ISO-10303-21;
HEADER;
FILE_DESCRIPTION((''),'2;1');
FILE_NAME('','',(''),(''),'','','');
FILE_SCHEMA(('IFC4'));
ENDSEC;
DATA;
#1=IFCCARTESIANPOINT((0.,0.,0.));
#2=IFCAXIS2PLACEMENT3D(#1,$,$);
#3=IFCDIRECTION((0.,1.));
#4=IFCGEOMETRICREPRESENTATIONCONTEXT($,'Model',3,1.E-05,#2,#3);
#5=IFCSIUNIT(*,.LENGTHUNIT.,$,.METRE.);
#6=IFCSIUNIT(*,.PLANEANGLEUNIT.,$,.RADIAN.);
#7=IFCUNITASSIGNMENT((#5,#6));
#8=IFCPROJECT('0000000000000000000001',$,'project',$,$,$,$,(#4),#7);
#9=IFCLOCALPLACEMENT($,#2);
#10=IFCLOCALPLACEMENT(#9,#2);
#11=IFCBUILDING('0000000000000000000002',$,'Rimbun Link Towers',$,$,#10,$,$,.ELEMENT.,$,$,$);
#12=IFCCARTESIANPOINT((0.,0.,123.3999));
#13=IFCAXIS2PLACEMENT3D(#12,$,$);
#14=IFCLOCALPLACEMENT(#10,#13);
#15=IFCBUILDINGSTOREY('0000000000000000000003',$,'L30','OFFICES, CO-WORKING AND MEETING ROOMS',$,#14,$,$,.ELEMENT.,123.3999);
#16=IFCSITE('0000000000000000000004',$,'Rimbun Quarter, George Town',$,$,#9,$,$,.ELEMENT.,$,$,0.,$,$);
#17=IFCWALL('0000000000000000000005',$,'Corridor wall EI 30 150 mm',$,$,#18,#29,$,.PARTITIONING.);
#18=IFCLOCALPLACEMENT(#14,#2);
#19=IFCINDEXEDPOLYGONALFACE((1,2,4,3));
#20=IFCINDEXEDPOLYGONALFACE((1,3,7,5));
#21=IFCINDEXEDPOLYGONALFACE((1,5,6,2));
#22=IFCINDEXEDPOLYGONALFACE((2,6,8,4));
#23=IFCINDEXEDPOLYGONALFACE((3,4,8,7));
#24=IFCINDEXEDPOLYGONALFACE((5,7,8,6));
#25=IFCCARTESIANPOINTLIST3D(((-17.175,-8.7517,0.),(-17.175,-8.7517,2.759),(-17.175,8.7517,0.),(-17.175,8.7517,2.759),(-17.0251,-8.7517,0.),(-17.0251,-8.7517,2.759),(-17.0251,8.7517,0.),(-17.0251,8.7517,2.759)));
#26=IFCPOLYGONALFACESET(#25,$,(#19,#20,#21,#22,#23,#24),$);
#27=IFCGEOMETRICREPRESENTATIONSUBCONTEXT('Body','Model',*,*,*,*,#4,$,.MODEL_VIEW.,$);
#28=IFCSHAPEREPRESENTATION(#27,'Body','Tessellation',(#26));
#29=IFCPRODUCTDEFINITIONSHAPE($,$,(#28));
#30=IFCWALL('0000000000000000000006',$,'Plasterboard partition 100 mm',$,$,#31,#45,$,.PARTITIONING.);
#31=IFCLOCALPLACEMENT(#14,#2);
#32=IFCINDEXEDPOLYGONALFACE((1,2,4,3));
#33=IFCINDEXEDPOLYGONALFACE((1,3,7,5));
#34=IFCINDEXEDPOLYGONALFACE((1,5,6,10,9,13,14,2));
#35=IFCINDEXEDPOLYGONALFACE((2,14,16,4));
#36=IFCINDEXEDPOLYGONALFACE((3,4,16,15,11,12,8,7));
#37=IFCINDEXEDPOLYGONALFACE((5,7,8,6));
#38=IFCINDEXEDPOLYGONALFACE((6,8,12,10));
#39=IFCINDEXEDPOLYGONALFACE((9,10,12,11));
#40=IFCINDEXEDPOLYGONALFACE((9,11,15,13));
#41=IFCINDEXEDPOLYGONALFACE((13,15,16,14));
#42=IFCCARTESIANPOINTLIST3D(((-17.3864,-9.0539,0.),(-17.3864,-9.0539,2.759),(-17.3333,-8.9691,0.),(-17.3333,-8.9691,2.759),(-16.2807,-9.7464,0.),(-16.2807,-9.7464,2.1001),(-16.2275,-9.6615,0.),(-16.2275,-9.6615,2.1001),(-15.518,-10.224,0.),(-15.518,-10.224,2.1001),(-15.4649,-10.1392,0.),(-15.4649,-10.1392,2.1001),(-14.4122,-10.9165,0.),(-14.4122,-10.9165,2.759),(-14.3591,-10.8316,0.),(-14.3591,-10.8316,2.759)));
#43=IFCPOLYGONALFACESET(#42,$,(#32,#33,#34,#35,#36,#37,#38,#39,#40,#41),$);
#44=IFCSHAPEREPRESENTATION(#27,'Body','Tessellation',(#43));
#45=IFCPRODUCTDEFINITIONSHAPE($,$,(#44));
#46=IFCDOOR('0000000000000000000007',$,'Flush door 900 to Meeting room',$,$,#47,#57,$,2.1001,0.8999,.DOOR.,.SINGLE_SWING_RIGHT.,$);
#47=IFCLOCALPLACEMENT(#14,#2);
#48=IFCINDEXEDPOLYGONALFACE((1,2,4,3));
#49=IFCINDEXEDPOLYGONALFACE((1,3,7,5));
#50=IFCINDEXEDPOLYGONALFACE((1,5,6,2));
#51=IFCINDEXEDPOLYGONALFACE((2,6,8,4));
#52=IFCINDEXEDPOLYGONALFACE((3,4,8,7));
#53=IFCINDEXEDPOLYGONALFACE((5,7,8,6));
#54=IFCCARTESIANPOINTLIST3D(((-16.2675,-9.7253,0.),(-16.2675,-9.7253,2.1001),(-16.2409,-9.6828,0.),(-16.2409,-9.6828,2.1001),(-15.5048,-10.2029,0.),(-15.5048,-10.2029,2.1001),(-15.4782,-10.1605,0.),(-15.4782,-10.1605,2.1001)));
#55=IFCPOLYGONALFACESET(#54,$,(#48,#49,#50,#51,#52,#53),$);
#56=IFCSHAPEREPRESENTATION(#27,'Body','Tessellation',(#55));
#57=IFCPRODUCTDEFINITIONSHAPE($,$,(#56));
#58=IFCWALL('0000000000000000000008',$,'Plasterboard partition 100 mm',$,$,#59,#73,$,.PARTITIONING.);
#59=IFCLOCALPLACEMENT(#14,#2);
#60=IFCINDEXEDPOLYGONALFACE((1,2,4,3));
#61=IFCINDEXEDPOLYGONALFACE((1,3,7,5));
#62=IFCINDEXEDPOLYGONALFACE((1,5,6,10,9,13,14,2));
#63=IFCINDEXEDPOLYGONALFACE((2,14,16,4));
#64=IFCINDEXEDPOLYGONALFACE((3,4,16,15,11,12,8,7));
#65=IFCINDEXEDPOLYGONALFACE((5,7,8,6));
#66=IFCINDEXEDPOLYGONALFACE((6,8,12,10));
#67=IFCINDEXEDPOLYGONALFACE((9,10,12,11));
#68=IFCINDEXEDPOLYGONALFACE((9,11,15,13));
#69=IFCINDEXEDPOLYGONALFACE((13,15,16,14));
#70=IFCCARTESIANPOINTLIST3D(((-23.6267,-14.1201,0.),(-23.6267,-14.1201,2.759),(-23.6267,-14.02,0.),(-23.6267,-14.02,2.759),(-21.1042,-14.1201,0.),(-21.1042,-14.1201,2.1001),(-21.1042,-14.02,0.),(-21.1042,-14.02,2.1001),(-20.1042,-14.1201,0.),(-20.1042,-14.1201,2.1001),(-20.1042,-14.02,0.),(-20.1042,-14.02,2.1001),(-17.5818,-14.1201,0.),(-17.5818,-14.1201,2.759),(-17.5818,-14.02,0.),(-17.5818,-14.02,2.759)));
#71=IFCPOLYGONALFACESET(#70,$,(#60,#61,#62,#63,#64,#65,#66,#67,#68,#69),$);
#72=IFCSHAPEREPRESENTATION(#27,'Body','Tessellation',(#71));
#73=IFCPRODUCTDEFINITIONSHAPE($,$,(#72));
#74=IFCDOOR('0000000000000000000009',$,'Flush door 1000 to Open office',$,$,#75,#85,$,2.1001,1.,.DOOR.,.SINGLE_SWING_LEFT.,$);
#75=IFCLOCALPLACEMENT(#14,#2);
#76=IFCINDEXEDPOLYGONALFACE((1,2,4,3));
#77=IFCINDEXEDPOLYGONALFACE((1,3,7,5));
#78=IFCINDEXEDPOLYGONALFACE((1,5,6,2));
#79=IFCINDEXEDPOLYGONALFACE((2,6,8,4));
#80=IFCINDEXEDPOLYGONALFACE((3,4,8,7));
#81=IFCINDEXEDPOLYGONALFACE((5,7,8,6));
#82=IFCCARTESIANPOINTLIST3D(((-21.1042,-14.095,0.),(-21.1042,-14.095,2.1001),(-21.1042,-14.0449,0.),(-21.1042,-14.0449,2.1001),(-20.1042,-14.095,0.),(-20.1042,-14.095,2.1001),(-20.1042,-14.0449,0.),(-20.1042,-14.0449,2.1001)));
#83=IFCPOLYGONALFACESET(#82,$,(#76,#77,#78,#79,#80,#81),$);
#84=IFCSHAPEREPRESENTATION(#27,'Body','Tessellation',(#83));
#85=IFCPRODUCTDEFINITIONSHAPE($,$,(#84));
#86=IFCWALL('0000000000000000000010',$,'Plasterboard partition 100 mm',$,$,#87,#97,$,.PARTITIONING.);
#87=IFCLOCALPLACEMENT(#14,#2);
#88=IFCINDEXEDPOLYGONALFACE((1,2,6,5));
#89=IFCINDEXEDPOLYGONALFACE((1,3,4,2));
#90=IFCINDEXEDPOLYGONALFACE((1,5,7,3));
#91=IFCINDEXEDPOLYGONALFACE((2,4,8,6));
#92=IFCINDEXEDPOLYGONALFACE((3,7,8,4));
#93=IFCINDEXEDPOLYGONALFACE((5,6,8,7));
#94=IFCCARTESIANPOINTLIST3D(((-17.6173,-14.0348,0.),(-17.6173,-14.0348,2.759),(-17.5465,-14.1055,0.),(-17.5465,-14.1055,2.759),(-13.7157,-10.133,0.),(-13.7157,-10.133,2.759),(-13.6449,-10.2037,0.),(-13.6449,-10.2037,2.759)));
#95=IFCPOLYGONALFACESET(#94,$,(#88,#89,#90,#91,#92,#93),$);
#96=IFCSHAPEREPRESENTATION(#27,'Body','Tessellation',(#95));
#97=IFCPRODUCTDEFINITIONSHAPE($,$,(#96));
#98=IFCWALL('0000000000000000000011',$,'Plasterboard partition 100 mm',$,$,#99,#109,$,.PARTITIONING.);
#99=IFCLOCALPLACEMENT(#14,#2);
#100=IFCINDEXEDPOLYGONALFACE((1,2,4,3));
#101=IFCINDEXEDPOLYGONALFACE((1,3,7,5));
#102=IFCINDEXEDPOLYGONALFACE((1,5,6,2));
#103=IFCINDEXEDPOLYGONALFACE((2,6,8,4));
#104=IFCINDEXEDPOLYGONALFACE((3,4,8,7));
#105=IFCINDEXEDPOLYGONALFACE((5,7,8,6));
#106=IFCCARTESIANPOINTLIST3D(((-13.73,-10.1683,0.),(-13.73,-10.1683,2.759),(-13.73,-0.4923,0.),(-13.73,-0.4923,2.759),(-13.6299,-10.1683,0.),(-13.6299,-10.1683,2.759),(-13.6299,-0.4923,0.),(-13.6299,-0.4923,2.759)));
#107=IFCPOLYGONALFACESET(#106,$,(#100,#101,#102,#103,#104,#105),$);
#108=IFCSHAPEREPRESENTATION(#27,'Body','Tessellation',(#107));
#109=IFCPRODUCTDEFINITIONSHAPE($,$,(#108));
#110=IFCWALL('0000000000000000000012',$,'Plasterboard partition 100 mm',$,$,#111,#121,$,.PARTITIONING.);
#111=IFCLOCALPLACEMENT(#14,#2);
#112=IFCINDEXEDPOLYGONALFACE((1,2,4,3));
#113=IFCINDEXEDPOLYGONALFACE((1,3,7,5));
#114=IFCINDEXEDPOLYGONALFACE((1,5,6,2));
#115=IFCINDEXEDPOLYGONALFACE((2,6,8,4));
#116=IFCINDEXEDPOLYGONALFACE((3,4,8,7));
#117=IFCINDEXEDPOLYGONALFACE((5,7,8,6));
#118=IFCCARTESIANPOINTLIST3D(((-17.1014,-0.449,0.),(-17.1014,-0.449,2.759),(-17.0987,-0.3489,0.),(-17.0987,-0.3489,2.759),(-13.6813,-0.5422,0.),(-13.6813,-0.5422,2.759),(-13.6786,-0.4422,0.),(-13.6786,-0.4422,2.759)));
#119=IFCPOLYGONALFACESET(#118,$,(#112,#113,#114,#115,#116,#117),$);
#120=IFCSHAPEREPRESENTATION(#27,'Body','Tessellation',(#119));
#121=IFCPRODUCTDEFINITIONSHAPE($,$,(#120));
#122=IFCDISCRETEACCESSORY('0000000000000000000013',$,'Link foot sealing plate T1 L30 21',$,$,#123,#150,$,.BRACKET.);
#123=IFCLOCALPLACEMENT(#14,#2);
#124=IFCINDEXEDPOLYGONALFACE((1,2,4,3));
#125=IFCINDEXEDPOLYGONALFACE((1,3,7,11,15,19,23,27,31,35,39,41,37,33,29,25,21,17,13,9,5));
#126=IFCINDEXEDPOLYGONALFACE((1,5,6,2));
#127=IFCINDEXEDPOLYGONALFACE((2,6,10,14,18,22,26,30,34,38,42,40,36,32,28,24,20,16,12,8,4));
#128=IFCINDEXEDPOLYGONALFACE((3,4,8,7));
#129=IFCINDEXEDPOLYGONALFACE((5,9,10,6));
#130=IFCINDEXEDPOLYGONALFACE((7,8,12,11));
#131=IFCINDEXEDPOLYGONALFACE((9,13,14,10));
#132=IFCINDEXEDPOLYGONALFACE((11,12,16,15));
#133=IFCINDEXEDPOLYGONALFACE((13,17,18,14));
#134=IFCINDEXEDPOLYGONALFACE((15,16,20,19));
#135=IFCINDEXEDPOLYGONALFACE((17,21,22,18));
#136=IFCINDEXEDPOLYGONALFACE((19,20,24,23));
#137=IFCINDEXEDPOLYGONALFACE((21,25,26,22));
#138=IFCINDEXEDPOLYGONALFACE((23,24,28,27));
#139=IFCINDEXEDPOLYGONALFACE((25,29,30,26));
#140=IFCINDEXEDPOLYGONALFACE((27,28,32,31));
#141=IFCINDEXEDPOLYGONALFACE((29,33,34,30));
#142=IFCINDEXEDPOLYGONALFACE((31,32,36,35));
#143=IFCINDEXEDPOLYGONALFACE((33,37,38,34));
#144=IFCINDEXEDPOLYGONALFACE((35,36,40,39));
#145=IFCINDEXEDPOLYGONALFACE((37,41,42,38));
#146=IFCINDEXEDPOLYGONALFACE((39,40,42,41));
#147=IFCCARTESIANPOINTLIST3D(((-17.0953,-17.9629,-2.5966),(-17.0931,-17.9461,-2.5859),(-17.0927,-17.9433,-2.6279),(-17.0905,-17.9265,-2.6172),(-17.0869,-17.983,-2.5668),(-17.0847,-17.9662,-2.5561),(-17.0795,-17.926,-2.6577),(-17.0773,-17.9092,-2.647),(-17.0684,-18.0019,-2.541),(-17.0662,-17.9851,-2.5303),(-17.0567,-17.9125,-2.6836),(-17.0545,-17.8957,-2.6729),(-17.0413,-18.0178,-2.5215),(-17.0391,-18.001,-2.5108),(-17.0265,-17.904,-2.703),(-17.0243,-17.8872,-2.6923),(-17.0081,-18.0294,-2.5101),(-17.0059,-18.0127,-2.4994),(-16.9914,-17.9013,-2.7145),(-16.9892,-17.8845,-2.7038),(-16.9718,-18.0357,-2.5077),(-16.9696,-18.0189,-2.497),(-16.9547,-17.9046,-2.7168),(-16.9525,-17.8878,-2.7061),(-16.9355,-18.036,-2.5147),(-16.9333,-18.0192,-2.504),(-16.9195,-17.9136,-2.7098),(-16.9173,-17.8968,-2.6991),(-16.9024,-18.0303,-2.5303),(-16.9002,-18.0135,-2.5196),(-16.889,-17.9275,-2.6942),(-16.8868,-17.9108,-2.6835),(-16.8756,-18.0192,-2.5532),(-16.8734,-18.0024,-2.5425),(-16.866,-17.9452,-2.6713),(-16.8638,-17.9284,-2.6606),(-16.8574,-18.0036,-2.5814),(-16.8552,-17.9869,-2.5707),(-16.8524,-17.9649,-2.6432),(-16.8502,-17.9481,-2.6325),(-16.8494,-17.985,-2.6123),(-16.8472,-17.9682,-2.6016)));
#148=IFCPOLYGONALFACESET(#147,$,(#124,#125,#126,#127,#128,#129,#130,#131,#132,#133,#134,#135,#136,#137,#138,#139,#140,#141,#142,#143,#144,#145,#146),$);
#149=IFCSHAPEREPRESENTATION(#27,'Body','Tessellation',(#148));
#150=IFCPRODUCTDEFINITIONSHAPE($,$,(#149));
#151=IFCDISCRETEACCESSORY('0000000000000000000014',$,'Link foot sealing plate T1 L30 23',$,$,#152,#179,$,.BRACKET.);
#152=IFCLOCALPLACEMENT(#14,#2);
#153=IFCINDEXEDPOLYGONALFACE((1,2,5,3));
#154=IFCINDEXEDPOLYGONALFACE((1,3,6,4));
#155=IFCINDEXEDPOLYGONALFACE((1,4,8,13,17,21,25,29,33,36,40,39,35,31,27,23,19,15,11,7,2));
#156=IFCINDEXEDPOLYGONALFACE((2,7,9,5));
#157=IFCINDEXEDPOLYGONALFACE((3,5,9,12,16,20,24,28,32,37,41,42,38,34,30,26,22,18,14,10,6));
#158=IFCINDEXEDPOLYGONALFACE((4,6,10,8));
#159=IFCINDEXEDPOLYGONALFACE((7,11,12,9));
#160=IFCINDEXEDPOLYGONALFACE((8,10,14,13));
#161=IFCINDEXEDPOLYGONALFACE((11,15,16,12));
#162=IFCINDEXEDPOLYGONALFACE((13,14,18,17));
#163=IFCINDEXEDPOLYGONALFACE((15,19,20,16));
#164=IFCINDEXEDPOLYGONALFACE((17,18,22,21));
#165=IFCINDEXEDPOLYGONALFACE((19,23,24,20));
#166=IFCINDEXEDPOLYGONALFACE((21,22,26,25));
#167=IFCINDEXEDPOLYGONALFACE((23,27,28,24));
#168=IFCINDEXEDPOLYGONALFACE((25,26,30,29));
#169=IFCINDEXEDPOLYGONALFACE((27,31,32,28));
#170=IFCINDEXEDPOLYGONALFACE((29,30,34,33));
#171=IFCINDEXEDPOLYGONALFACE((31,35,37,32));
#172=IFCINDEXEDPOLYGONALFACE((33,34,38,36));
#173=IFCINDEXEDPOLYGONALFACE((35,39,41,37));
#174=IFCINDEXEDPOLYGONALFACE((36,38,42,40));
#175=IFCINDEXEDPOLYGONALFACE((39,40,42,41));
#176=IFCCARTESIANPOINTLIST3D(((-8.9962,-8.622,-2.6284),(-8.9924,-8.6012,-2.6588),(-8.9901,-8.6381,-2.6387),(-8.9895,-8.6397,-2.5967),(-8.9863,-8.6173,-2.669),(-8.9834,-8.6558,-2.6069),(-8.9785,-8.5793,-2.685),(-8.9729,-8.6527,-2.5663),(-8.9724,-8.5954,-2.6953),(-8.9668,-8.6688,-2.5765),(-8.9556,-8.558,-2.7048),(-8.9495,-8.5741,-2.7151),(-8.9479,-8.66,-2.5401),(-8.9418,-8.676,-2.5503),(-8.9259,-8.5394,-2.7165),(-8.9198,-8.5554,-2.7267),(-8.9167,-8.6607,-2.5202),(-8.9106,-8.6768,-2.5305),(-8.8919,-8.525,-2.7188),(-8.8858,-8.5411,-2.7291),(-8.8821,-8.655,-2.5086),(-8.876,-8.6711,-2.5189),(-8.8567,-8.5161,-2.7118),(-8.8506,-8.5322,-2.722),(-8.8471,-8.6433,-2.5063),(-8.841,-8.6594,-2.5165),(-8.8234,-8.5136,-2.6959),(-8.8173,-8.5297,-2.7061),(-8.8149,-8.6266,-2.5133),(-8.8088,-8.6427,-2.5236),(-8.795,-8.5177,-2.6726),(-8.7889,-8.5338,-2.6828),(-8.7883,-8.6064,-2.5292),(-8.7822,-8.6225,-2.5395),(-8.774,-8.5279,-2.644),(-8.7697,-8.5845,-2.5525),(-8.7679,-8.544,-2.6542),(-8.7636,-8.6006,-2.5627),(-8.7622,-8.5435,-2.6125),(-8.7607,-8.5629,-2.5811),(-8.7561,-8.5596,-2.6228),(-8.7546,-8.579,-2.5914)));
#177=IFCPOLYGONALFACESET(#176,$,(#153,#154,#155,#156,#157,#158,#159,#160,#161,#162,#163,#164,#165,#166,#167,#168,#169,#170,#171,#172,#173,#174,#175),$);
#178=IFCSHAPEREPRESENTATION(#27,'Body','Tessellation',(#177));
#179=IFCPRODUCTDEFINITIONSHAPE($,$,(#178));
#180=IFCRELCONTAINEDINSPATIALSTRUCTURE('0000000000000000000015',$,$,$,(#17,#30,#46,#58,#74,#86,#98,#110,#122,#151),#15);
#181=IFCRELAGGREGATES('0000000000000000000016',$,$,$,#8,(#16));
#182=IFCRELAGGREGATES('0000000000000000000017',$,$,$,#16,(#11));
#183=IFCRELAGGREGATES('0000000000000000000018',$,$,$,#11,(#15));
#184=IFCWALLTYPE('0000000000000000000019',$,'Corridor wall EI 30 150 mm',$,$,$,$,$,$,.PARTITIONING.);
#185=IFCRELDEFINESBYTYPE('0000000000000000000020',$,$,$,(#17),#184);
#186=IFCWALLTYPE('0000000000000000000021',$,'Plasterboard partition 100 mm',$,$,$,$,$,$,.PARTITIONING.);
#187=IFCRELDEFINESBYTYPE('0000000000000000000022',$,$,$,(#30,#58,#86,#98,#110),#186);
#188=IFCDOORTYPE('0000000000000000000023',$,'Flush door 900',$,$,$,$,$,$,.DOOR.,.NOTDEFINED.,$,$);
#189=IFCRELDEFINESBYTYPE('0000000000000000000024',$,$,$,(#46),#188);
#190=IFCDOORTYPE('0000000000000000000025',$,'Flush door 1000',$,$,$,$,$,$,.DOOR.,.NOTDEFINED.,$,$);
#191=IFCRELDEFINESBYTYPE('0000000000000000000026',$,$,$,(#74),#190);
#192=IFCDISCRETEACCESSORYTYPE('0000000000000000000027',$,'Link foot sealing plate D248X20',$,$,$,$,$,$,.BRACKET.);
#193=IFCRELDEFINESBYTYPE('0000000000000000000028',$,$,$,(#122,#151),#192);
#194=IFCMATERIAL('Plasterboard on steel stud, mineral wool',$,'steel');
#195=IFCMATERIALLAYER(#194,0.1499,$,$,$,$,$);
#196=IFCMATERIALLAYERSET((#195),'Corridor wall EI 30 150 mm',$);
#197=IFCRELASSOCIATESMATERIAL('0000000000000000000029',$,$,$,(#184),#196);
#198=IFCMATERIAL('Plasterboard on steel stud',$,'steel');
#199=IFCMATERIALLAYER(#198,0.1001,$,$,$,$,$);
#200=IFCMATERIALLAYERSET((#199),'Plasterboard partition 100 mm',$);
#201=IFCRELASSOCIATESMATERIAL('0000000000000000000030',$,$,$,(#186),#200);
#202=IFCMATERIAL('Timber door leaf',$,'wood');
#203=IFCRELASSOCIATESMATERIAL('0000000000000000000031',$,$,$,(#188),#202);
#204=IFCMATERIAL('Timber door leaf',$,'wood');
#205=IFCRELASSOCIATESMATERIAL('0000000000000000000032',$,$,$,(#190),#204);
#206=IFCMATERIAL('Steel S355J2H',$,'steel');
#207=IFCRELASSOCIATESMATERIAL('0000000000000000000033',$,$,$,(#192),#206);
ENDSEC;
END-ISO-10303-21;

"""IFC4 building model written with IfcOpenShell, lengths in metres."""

from ifc_helpers import new_model, si_unit, direction, frame, frame_2d, origin, origin_2d, place, context, subcontext, project, spatial, rectangle, circle, extrude, material, layer, layer_set, material_profile, profile_set, type_object, element, fill, save


model = new_model("IFC4")

# Units and contexts
model_context = context("Model", 3, precision=1e-05, world=origin(), true_north=direction((0.0, 1.0)))
body_context = subcontext(model_context, "Body", "Model", "MODEL_VIEW")
ifc_project = project(units=[si_unit("LENGTHUNIT", "METRE"), si_unit("PLANEANGLEUNIT", "RADIAN")], contexts=[model_context])

# Site, building, storey
site_placement = place(None, origin())
site = spatial("IfcSite", under=ifc_project, at=site_placement, Name="Rimbun Quarter, George Town", CompositionType="ELEMENT", RefElevation=0.0)
building_placement = place(site_placement, origin())
building = spatial("IfcBuilding", under=site, at=building_placement, Name="Rimbun Link Towers", CompositionType="ELEMENT")
storey_placement = place(building_placement, frame((0.0, 0.0, 123.3999)))
storey = spatial("IfcBuildingStorey", under=building, at=storey_placement, Name="L30", Description="OFFICES, CO-WORKING AND MEETING ROOMS", CompositionType="ELEMENT", Elevation=123.3999)

# Wall
ifc_material_1 = material(Name="Plasterboard on steel stud, mineral wool", Category="steel")
ifc_layer_1 = layer(ifc_material_1, 0.1499)
ifc_layer_set_1 = layer_set([ifc_layer_1], Name="Corridor wall EI 30 150 mm")
wall_type_1 = type_object("IfcWallType", Name="Corridor wall EI 30 150 mm", PredefinedType="PARTITIONING", material=ifc_layer_set_1)
wall_1_placement = place(storey_placement, frame((-17.1001, -8.7517, 0.0), z_axis=(0.0, 0.0, 1.0), x_axis=(0.0, 1.0, 0.0)))
element("IfcWall", 1, at=wall_1_placement, inside=storey, type_object=wall_type_1, Name="Corridor wall EI 30 150 mm", PredefinedType="PARTITIONING", context=body_context, shape_type="SweptSolid", body=[
    extrude(rectangle(XDim=17.5034, YDim=0.1499, at=frame_2d((8.7517, 0.0))), origin(), (0.0, 0.0, 1.0), 2.759),
])

# Walls, openings, doors
ifc_material_2 = material(Name="Plasterboard on steel stud", Category="steel")
ifc_layer_2 = layer(ifc_material_2, 0.1001)
ifc_layer_set_2 = layer_set([ifc_layer_2], Name="Plasterboard partition 100 mm")
wall_type_2 = type_object("IfcWallType", Name="Plasterboard partition 100 mm", PredefinedType="PARTITIONING", material=ifc_layer_set_2)
wall_2_placement = place(storey_placement, frame((-17.3599, -9.0115, 0.0), z_axis=(0.0, 0.0, 1.0), x_axis=(0.847521, -0.530762, 0.0)))
wall_2 = element("IfcWall", 2, at=wall_2_placement, inside=storey, type_object=wall_type_2, Name="Plasterboard partition 100 mm", PredefinedType="PARTITIONING", context=body_context, shape_type="SweptSolid", body=[
    extrude(rectangle(XDim=3.5093, YDim=0.1001, at=frame_2d((1.7546, 0.0))), origin(), (0.0, 0.0, 1.0), 2.759),
])
opening_1_placement = place(wall_2_placement, frame((1.3047, 0.0, 0.0)))
opening_1 = element("IfcOpeningElement", 3, at=opening_1_placement, cuts=wall_2, PredefinedType="OPENING", context=body_context, shape_type="SweptSolid", body=[
    extrude(rectangle(XDim=0.8999, YDim=2.1001, at=frame_2d((0.45, 1.05))), frame((0.0, 0.0601, 0.0), z_axis=(0.0, -1.0, 0.0), x_axis=(1.0, 0.0, 0.0)), (0.0, 0.0, 1.0), 0.1201),
])
ifc_material_3 = material(Name="Timber door leaf", Category="wood")
door_type_1 = type_object("IfcDoorType", Name="Flush door 900", OperationType="NOTDEFINED", PredefinedType="DOOR", material=ifc_material_3)
door_1_placement = place(opening_1_placement, origin())
door_1 = element("IfcDoor", 4, at=door_1_placement, inside=storey, type_object=door_type_1, Name="Flush door 900 to Meeting room", OperationType="SINGLE_SWING_RIGHT", OverallHeight=2.1001, OverallWidth=0.8999, PredefinedType="DOOR", context=body_context, shape_type="SweptSolid", body=[
    extrude(rectangle(XDim=0.8999, YDim=2.1001, at=frame_2d((0.45, 1.05))), frame((0.0, 0.0249, 0.0), z_axis=(0.0, -1.0, 0.0), x_axis=(1.0, 0.0, 0.0)), (0.0, 0.0, 1.0), 0.05),
])
fill(opening_1, door_1)
wall_3_placement = place(storey_placement, frame((-17.5818, -14.0701, 0.0), z_axis=(0.0, 0.0, 1.0), x_axis=(-1.0, 0.0, 0.0)))
wall_3 = element("IfcWall", 5, at=wall_3_placement, inside=storey, type_object=wall_type_2, Name="Plasterboard partition 100 mm", PredefinedType="PARTITIONING", context=body_context, shape_type="SweptSolid", body=[
    extrude(rectangle(XDim=6.0449, YDim=0.1001, at=frame_2d((3.0225, 0.0))), origin(), (0.0, 0.0, 1.0), 2.759),
])
opening_2_placement = place(wall_3_placement, frame((2.5225, 0.0, 0.0)))
opening_2 = element("IfcOpeningElement", 6, at=opening_2_placement, cuts=wall_3, PredefinedType="OPENING", context=body_context, shape_type="SweptSolid", body=[
    extrude(rectangle(XDim=1.0, YDim=2.1001, at=frame_2d((0.5, 1.05))), frame((0.0, 0.0601, 0.0), z_axis=(0.0, -1.0, 0.0), x_axis=(1.0, 0.0, 0.0)), (0.0, 0.0, 1.0), 0.1201),
])
ifc_material_4 = material(Name="Timber door leaf", Category="wood")
door_type_2 = type_object("IfcDoorType", Name="Flush door 1000", OperationType="NOTDEFINED", PredefinedType="DOOR", material=ifc_material_4)
door_2_placement = place(opening_2_placement, origin())
door_2 = element("IfcDoor", 7, at=door_2_placement, inside=storey, type_object=door_type_2, Name="Flush door 1000 to Open office", OperationType="SINGLE_SWING_LEFT", OverallHeight=2.1001, OverallWidth=1.0, PredefinedType="DOOR", context=body_context, shape_type="SweptSolid", body=[
    extrude(rectangle(XDim=1.0, YDim=2.1001, at=frame_2d((0.5, 1.05))), frame((0.0, 0.0249, 0.0), z_axis=(0.0, -1.0, 0.0), x_axis=(1.0, 0.0, 0.0)), (0.0, 0.0, 1.0), 0.05),
])
fill(opening_2, door_2)

# Walls
wall_4_placement = place(storey_placement, frame((-17.5818, -14.0701, 0.0), z_axis=(0.0, 0.0, 1.0), x_axis=(0.707085, 0.707129, 0.0)))
element("IfcWall", 8, at=wall_4_placement, inside=storey, type_object=wall_type_2, Name="Plasterboard partition 100 mm", PredefinedType="PARTITIONING", context=body_context, shape_type="SweptSolid", body=[
    extrude(rectangle(XDim=5.5178, YDim=0.1001, at=frame_2d((2.7588, 0.0))), origin(), (0.0, 0.0, 1.0), 2.759),
])
wall_5_placement = place(storey_placement, frame((-13.6799, -10.1682, 0.0), z_axis=(0.0, 0.0, 1.0), x_axis=(0.0, 1.0, 0.0)))
element("IfcWall", 9, at=wall_5_placement, inside=storey, type_object=wall_type_2, Name="Plasterboard partition 100 mm", PredefinedType="PARTITIONING", context=body_context, shape_type="SweptSolid", body=[
    extrude(rectangle(XDim=9.676, YDim=0.1001, at=frame_2d((4.8379, 0.0))), origin(), (0.0, 0.0, 1.0), 2.759),
])
wall_6_placement = place(storey_placement, frame((-13.6799, -0.4922, 0.0), z_axis=(0.0, 0.0, 1.0), x_axis=(-0.999628, 0.027258, 0.0)))
element("IfcWall", 10, at=wall_6_placement, inside=storey, type_object=wall_type_2, Name="Plasterboard partition 100 mm", PredefinedType="PARTITIONING", context=body_context, shape_type="SweptSolid", body=[
    extrude(rectangle(XDim=3.4214, YDim=0.1001, at=frame_2d((1.7107, 0.0))), origin(), (0.0, 0.0, 1.0), 2.759),
])

# Discrete accessories
ifc_material_5 = material(Name="Steel S355J2H", Category="steel")
ifc_material_profile_1 = material_profile(ifc_material_5, circle(Radius=0.124, at=origin_2d()), Name="PL D248")
ifc_profile_set_1 = profile_set([ifc_material_profile_1], Name="Steel S355J2H")
discrete_accessory_type_1 = type_object("IfcDiscreteAccessoryType", Name="Link foot sealing plate D248X20", PredefinedType="BRACKET", material=ifc_profile_set_1)
for number, where, z_axis, x_axis, name in (
    (11, (-16.9702, -17.9521, -2.6016), (-0.109318, -0.838105, -0.534444), (0.9916, -0.129339, 0.0), "Link foot sealing plate T1 L30 21"),
    (12, (-8.8782, -8.5874, -2.6125), (0.304403, -0.803624, -0.511397), (0.935159, 0.354227, 0.0), "Link foot sealing plate T1 L30 23"),
):
    element("IfcDiscreteAccessory", number, at=place(storey_placement, frame(where, z_axis=z_axis, x_axis=x_axis)), inside=storey, type_object=discrete_accessory_type_1, Name=name, PredefinedType="BRACKET", context=body_context, shape_type="SweptSolid", body=[
        extrude(circle(Radius=0.124, at=origin_2d()), origin(), (0.0, 0.0, 1.0), 0.02),
    ])

save(model, "model.ifc")
